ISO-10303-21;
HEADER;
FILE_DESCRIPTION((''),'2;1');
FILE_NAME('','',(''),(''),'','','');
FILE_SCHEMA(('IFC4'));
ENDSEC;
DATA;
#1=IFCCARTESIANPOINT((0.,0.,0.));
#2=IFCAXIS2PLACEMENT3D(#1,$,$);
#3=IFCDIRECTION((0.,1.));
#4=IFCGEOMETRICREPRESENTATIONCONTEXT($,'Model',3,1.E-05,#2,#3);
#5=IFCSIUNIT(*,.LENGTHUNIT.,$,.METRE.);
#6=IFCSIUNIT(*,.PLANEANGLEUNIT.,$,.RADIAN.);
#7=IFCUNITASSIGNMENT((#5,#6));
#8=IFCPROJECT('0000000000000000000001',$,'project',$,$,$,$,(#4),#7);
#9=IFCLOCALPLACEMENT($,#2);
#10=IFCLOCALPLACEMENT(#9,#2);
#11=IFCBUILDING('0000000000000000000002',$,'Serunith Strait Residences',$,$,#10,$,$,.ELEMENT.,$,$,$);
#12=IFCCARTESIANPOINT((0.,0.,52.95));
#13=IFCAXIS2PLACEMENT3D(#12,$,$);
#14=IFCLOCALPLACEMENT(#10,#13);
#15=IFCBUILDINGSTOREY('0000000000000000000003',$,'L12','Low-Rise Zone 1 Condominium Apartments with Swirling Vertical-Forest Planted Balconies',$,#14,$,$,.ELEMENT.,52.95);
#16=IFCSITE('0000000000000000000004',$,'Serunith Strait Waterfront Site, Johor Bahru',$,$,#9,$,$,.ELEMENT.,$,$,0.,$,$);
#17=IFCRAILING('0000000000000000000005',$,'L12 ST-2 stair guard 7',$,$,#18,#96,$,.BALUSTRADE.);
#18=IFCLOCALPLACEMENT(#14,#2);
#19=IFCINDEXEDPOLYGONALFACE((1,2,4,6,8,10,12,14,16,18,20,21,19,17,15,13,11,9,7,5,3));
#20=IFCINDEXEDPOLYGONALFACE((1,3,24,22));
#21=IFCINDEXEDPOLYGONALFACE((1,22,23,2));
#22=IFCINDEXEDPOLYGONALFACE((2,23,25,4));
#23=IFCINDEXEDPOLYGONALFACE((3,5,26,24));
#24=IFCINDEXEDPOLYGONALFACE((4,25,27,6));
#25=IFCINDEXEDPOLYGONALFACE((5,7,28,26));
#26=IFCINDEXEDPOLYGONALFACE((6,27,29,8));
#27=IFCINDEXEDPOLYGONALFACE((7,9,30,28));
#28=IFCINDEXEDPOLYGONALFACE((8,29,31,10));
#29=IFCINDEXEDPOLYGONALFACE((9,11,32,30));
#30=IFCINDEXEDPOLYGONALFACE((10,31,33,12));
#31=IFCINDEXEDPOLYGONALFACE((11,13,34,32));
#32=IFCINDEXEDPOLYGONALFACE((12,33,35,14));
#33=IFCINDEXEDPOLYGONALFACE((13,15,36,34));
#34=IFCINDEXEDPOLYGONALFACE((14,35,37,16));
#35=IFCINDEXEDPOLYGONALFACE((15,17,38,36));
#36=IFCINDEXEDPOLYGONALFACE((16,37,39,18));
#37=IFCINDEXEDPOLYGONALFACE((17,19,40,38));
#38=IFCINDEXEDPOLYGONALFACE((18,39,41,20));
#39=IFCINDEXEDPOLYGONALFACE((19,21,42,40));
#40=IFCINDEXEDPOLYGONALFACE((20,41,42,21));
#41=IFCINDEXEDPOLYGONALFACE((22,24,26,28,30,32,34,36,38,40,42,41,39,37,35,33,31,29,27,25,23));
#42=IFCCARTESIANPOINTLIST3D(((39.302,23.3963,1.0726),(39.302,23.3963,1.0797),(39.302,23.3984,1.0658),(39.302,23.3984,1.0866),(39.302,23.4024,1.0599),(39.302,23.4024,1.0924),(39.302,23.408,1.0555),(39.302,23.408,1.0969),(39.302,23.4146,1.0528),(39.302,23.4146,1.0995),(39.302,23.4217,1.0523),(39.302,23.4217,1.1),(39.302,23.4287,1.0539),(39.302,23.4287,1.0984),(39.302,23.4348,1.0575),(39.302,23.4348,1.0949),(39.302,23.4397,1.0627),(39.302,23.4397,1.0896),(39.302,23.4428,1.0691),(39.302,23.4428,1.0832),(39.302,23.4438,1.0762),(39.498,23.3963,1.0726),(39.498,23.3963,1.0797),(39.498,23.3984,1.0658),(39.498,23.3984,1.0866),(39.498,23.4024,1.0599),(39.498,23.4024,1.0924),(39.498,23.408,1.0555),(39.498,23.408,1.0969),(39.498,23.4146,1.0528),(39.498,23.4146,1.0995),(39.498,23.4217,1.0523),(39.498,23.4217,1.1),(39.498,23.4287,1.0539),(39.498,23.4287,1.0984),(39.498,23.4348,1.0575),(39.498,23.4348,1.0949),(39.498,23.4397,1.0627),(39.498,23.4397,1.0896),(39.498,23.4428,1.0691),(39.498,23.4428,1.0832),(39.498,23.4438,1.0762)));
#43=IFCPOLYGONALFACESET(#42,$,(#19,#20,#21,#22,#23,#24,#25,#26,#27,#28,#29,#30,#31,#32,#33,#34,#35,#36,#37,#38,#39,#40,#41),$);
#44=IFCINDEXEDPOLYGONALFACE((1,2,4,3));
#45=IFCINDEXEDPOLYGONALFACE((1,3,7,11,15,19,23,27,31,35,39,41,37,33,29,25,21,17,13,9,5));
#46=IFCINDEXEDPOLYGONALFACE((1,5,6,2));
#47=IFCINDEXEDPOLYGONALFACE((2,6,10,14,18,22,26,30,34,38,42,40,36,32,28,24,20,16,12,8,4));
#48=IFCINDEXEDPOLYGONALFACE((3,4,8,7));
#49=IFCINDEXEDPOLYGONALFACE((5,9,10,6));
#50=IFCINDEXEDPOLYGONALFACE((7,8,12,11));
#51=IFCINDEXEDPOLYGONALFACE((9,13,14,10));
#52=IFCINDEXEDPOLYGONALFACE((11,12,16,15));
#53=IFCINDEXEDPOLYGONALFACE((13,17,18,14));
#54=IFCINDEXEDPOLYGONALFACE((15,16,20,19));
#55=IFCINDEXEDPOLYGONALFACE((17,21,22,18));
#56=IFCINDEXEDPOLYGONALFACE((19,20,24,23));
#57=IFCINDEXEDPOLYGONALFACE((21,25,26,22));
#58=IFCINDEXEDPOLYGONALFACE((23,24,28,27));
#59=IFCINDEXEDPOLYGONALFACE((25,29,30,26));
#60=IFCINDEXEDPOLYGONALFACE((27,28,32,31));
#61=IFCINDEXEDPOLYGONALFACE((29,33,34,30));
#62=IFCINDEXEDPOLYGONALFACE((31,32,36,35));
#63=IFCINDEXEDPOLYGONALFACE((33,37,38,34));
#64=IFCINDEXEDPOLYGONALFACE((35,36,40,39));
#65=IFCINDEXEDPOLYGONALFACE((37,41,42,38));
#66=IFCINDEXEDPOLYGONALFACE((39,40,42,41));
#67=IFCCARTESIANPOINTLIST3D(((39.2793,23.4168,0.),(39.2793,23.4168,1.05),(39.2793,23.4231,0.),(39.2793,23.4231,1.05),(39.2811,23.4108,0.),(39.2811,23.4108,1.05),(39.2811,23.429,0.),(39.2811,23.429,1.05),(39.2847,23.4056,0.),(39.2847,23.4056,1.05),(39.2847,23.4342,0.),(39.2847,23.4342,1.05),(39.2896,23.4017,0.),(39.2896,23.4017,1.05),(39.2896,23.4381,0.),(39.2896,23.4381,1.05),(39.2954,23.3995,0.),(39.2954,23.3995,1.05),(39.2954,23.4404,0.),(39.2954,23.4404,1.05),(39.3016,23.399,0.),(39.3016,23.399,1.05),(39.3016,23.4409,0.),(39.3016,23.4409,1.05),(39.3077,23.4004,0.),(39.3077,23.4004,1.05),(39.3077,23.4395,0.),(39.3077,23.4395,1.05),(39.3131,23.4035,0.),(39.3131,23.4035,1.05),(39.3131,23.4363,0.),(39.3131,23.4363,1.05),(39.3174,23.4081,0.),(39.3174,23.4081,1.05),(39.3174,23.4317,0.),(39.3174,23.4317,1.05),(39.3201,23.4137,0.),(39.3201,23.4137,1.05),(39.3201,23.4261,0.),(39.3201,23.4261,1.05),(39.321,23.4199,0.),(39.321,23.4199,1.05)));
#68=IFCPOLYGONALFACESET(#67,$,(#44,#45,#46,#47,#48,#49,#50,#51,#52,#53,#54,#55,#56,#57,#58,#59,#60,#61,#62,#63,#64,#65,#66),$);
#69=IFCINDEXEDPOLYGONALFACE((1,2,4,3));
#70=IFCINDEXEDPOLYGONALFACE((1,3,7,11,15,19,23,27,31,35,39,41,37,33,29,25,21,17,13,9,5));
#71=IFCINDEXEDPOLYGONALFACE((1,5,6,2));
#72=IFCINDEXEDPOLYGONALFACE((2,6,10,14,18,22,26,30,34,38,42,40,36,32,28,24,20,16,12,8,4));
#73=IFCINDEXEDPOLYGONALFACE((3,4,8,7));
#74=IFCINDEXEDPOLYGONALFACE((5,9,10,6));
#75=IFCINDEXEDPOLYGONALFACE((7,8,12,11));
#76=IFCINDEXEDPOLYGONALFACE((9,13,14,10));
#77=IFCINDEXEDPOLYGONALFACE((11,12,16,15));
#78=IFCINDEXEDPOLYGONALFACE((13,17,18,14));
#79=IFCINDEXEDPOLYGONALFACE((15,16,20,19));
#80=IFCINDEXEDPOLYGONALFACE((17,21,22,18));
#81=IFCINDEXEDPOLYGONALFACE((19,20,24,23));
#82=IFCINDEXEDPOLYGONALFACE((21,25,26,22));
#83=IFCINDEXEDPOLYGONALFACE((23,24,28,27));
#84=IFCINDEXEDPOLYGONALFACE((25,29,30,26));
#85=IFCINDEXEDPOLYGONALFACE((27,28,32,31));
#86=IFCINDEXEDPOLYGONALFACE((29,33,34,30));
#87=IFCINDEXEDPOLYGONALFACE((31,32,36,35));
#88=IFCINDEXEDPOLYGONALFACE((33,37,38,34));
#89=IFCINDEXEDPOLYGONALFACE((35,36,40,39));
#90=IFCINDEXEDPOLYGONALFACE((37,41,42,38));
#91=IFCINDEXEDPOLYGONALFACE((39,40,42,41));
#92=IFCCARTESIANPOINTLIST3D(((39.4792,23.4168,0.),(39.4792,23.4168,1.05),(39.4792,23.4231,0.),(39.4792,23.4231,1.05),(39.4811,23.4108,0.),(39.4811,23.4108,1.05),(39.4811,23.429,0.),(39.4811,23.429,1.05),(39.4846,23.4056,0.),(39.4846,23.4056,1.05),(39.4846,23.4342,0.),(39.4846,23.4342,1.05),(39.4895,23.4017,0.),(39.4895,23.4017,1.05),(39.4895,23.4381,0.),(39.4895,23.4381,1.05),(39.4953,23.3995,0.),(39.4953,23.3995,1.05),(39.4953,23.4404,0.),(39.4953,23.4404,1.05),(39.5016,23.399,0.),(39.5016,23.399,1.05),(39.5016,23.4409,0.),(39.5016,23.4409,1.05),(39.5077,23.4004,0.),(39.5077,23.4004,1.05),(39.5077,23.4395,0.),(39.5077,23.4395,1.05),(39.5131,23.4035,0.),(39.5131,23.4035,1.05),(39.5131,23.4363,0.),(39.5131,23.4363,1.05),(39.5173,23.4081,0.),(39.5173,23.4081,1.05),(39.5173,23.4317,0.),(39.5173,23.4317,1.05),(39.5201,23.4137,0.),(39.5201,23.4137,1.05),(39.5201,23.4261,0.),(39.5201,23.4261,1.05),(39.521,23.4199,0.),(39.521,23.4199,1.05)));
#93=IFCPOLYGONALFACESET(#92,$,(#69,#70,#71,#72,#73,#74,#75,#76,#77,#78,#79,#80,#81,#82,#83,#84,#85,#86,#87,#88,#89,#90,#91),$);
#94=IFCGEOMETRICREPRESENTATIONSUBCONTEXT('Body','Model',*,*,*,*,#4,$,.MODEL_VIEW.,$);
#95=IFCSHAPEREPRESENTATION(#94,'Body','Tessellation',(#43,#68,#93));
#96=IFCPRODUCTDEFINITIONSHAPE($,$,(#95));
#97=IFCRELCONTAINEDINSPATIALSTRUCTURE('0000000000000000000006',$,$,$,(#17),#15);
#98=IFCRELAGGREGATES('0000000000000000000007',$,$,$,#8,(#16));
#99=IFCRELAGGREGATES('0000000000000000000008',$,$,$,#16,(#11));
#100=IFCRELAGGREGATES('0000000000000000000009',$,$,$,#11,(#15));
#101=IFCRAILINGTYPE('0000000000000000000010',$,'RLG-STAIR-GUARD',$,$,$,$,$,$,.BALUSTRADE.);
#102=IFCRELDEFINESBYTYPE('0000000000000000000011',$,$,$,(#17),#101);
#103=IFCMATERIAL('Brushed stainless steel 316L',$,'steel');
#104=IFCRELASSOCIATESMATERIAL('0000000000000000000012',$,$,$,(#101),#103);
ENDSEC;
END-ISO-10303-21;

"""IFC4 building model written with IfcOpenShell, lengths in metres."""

from ifc_helpers import new_model, si_unit, direction, frame, origin, origin_2d, place, context, subcontext, project, spatial, circle, extrude, material, type_object, element, save


model = new_model("IFC4")

# Units and contexts
model_context = context("Model", 3, precision=1e-05, world=origin(), true_north=direction((0.0, 1.0)))
body_context = subcontext(model_context, "Body", "Model", "MODEL_VIEW")
ifc_project = project(units=[si_unit("LENGTHUNIT", "METRE"), si_unit("PLANEANGLEUNIT", "RADIAN")], contexts=[model_context])

# Site, building, storey
site_placement = place(None, origin())
site = spatial("IfcSite", under=ifc_project, at=site_placement, Name="Serunith Strait Waterfront Site, Johor Bahru", CompositionType="ELEMENT", RefElevation=0.0)
building_placement = place(site_placement, origin())
building = spatial("IfcBuilding", under=site, at=building_placement, Name="Serunith Strait Residences", CompositionType="ELEMENT")
storey_placement = place(building_placement, frame((0.0, 0.0, 52.95)))
storey = spatial("IfcBuildingStorey", under=building, at=storey_placement, Name="L12", Description="Low-Rise Zone 1 Condominium Apartments with Swirling Vertical-Forest Planted Balconies", CompositionType="ELEMENT", Elevation=52.95)

# Railing
ifc_material_1 = material(Name="Brushed stainless steel 316L", Category="steel")
railing_type_1 = type_object("IfcRailingType", Name="RLG-STAIR-GUARD", PredefinedType="BALUSTRADE", material=ifc_material_1)
railing_1_placement = place(storey_placement, frame((39.3, 23.4199, 0.0)))
element("IfcRailing", 1, at=railing_1_placement, inside=storey, type_object=railing_type_1, Name="L12 ST-2 stair guard 7", PredefinedType="BALUSTRADE", context=body_context, shape_type="SweptSolid", body=[
    extrude(circle(Radius=0.0239, at=origin_2d()), frame((0.002, 0.0, 1.0762), z_axis=(1.0, 0.0, 0.0), x_axis=(0.0, 1.0, 0.0)), (0.0, 0.0, 1.0), 0.196),
    extrude(circle(Radius=0.021, at=origin_2d()), origin(), (0.0, 0.0, 1.0), 1.05),
    extrude(circle(Radius=0.021, at=origin_2d()), frame((0.2, 0.0, 0.0)), (0.0, 0.0, 1.0), 1.05),
])

save(model, "model.ifc")
